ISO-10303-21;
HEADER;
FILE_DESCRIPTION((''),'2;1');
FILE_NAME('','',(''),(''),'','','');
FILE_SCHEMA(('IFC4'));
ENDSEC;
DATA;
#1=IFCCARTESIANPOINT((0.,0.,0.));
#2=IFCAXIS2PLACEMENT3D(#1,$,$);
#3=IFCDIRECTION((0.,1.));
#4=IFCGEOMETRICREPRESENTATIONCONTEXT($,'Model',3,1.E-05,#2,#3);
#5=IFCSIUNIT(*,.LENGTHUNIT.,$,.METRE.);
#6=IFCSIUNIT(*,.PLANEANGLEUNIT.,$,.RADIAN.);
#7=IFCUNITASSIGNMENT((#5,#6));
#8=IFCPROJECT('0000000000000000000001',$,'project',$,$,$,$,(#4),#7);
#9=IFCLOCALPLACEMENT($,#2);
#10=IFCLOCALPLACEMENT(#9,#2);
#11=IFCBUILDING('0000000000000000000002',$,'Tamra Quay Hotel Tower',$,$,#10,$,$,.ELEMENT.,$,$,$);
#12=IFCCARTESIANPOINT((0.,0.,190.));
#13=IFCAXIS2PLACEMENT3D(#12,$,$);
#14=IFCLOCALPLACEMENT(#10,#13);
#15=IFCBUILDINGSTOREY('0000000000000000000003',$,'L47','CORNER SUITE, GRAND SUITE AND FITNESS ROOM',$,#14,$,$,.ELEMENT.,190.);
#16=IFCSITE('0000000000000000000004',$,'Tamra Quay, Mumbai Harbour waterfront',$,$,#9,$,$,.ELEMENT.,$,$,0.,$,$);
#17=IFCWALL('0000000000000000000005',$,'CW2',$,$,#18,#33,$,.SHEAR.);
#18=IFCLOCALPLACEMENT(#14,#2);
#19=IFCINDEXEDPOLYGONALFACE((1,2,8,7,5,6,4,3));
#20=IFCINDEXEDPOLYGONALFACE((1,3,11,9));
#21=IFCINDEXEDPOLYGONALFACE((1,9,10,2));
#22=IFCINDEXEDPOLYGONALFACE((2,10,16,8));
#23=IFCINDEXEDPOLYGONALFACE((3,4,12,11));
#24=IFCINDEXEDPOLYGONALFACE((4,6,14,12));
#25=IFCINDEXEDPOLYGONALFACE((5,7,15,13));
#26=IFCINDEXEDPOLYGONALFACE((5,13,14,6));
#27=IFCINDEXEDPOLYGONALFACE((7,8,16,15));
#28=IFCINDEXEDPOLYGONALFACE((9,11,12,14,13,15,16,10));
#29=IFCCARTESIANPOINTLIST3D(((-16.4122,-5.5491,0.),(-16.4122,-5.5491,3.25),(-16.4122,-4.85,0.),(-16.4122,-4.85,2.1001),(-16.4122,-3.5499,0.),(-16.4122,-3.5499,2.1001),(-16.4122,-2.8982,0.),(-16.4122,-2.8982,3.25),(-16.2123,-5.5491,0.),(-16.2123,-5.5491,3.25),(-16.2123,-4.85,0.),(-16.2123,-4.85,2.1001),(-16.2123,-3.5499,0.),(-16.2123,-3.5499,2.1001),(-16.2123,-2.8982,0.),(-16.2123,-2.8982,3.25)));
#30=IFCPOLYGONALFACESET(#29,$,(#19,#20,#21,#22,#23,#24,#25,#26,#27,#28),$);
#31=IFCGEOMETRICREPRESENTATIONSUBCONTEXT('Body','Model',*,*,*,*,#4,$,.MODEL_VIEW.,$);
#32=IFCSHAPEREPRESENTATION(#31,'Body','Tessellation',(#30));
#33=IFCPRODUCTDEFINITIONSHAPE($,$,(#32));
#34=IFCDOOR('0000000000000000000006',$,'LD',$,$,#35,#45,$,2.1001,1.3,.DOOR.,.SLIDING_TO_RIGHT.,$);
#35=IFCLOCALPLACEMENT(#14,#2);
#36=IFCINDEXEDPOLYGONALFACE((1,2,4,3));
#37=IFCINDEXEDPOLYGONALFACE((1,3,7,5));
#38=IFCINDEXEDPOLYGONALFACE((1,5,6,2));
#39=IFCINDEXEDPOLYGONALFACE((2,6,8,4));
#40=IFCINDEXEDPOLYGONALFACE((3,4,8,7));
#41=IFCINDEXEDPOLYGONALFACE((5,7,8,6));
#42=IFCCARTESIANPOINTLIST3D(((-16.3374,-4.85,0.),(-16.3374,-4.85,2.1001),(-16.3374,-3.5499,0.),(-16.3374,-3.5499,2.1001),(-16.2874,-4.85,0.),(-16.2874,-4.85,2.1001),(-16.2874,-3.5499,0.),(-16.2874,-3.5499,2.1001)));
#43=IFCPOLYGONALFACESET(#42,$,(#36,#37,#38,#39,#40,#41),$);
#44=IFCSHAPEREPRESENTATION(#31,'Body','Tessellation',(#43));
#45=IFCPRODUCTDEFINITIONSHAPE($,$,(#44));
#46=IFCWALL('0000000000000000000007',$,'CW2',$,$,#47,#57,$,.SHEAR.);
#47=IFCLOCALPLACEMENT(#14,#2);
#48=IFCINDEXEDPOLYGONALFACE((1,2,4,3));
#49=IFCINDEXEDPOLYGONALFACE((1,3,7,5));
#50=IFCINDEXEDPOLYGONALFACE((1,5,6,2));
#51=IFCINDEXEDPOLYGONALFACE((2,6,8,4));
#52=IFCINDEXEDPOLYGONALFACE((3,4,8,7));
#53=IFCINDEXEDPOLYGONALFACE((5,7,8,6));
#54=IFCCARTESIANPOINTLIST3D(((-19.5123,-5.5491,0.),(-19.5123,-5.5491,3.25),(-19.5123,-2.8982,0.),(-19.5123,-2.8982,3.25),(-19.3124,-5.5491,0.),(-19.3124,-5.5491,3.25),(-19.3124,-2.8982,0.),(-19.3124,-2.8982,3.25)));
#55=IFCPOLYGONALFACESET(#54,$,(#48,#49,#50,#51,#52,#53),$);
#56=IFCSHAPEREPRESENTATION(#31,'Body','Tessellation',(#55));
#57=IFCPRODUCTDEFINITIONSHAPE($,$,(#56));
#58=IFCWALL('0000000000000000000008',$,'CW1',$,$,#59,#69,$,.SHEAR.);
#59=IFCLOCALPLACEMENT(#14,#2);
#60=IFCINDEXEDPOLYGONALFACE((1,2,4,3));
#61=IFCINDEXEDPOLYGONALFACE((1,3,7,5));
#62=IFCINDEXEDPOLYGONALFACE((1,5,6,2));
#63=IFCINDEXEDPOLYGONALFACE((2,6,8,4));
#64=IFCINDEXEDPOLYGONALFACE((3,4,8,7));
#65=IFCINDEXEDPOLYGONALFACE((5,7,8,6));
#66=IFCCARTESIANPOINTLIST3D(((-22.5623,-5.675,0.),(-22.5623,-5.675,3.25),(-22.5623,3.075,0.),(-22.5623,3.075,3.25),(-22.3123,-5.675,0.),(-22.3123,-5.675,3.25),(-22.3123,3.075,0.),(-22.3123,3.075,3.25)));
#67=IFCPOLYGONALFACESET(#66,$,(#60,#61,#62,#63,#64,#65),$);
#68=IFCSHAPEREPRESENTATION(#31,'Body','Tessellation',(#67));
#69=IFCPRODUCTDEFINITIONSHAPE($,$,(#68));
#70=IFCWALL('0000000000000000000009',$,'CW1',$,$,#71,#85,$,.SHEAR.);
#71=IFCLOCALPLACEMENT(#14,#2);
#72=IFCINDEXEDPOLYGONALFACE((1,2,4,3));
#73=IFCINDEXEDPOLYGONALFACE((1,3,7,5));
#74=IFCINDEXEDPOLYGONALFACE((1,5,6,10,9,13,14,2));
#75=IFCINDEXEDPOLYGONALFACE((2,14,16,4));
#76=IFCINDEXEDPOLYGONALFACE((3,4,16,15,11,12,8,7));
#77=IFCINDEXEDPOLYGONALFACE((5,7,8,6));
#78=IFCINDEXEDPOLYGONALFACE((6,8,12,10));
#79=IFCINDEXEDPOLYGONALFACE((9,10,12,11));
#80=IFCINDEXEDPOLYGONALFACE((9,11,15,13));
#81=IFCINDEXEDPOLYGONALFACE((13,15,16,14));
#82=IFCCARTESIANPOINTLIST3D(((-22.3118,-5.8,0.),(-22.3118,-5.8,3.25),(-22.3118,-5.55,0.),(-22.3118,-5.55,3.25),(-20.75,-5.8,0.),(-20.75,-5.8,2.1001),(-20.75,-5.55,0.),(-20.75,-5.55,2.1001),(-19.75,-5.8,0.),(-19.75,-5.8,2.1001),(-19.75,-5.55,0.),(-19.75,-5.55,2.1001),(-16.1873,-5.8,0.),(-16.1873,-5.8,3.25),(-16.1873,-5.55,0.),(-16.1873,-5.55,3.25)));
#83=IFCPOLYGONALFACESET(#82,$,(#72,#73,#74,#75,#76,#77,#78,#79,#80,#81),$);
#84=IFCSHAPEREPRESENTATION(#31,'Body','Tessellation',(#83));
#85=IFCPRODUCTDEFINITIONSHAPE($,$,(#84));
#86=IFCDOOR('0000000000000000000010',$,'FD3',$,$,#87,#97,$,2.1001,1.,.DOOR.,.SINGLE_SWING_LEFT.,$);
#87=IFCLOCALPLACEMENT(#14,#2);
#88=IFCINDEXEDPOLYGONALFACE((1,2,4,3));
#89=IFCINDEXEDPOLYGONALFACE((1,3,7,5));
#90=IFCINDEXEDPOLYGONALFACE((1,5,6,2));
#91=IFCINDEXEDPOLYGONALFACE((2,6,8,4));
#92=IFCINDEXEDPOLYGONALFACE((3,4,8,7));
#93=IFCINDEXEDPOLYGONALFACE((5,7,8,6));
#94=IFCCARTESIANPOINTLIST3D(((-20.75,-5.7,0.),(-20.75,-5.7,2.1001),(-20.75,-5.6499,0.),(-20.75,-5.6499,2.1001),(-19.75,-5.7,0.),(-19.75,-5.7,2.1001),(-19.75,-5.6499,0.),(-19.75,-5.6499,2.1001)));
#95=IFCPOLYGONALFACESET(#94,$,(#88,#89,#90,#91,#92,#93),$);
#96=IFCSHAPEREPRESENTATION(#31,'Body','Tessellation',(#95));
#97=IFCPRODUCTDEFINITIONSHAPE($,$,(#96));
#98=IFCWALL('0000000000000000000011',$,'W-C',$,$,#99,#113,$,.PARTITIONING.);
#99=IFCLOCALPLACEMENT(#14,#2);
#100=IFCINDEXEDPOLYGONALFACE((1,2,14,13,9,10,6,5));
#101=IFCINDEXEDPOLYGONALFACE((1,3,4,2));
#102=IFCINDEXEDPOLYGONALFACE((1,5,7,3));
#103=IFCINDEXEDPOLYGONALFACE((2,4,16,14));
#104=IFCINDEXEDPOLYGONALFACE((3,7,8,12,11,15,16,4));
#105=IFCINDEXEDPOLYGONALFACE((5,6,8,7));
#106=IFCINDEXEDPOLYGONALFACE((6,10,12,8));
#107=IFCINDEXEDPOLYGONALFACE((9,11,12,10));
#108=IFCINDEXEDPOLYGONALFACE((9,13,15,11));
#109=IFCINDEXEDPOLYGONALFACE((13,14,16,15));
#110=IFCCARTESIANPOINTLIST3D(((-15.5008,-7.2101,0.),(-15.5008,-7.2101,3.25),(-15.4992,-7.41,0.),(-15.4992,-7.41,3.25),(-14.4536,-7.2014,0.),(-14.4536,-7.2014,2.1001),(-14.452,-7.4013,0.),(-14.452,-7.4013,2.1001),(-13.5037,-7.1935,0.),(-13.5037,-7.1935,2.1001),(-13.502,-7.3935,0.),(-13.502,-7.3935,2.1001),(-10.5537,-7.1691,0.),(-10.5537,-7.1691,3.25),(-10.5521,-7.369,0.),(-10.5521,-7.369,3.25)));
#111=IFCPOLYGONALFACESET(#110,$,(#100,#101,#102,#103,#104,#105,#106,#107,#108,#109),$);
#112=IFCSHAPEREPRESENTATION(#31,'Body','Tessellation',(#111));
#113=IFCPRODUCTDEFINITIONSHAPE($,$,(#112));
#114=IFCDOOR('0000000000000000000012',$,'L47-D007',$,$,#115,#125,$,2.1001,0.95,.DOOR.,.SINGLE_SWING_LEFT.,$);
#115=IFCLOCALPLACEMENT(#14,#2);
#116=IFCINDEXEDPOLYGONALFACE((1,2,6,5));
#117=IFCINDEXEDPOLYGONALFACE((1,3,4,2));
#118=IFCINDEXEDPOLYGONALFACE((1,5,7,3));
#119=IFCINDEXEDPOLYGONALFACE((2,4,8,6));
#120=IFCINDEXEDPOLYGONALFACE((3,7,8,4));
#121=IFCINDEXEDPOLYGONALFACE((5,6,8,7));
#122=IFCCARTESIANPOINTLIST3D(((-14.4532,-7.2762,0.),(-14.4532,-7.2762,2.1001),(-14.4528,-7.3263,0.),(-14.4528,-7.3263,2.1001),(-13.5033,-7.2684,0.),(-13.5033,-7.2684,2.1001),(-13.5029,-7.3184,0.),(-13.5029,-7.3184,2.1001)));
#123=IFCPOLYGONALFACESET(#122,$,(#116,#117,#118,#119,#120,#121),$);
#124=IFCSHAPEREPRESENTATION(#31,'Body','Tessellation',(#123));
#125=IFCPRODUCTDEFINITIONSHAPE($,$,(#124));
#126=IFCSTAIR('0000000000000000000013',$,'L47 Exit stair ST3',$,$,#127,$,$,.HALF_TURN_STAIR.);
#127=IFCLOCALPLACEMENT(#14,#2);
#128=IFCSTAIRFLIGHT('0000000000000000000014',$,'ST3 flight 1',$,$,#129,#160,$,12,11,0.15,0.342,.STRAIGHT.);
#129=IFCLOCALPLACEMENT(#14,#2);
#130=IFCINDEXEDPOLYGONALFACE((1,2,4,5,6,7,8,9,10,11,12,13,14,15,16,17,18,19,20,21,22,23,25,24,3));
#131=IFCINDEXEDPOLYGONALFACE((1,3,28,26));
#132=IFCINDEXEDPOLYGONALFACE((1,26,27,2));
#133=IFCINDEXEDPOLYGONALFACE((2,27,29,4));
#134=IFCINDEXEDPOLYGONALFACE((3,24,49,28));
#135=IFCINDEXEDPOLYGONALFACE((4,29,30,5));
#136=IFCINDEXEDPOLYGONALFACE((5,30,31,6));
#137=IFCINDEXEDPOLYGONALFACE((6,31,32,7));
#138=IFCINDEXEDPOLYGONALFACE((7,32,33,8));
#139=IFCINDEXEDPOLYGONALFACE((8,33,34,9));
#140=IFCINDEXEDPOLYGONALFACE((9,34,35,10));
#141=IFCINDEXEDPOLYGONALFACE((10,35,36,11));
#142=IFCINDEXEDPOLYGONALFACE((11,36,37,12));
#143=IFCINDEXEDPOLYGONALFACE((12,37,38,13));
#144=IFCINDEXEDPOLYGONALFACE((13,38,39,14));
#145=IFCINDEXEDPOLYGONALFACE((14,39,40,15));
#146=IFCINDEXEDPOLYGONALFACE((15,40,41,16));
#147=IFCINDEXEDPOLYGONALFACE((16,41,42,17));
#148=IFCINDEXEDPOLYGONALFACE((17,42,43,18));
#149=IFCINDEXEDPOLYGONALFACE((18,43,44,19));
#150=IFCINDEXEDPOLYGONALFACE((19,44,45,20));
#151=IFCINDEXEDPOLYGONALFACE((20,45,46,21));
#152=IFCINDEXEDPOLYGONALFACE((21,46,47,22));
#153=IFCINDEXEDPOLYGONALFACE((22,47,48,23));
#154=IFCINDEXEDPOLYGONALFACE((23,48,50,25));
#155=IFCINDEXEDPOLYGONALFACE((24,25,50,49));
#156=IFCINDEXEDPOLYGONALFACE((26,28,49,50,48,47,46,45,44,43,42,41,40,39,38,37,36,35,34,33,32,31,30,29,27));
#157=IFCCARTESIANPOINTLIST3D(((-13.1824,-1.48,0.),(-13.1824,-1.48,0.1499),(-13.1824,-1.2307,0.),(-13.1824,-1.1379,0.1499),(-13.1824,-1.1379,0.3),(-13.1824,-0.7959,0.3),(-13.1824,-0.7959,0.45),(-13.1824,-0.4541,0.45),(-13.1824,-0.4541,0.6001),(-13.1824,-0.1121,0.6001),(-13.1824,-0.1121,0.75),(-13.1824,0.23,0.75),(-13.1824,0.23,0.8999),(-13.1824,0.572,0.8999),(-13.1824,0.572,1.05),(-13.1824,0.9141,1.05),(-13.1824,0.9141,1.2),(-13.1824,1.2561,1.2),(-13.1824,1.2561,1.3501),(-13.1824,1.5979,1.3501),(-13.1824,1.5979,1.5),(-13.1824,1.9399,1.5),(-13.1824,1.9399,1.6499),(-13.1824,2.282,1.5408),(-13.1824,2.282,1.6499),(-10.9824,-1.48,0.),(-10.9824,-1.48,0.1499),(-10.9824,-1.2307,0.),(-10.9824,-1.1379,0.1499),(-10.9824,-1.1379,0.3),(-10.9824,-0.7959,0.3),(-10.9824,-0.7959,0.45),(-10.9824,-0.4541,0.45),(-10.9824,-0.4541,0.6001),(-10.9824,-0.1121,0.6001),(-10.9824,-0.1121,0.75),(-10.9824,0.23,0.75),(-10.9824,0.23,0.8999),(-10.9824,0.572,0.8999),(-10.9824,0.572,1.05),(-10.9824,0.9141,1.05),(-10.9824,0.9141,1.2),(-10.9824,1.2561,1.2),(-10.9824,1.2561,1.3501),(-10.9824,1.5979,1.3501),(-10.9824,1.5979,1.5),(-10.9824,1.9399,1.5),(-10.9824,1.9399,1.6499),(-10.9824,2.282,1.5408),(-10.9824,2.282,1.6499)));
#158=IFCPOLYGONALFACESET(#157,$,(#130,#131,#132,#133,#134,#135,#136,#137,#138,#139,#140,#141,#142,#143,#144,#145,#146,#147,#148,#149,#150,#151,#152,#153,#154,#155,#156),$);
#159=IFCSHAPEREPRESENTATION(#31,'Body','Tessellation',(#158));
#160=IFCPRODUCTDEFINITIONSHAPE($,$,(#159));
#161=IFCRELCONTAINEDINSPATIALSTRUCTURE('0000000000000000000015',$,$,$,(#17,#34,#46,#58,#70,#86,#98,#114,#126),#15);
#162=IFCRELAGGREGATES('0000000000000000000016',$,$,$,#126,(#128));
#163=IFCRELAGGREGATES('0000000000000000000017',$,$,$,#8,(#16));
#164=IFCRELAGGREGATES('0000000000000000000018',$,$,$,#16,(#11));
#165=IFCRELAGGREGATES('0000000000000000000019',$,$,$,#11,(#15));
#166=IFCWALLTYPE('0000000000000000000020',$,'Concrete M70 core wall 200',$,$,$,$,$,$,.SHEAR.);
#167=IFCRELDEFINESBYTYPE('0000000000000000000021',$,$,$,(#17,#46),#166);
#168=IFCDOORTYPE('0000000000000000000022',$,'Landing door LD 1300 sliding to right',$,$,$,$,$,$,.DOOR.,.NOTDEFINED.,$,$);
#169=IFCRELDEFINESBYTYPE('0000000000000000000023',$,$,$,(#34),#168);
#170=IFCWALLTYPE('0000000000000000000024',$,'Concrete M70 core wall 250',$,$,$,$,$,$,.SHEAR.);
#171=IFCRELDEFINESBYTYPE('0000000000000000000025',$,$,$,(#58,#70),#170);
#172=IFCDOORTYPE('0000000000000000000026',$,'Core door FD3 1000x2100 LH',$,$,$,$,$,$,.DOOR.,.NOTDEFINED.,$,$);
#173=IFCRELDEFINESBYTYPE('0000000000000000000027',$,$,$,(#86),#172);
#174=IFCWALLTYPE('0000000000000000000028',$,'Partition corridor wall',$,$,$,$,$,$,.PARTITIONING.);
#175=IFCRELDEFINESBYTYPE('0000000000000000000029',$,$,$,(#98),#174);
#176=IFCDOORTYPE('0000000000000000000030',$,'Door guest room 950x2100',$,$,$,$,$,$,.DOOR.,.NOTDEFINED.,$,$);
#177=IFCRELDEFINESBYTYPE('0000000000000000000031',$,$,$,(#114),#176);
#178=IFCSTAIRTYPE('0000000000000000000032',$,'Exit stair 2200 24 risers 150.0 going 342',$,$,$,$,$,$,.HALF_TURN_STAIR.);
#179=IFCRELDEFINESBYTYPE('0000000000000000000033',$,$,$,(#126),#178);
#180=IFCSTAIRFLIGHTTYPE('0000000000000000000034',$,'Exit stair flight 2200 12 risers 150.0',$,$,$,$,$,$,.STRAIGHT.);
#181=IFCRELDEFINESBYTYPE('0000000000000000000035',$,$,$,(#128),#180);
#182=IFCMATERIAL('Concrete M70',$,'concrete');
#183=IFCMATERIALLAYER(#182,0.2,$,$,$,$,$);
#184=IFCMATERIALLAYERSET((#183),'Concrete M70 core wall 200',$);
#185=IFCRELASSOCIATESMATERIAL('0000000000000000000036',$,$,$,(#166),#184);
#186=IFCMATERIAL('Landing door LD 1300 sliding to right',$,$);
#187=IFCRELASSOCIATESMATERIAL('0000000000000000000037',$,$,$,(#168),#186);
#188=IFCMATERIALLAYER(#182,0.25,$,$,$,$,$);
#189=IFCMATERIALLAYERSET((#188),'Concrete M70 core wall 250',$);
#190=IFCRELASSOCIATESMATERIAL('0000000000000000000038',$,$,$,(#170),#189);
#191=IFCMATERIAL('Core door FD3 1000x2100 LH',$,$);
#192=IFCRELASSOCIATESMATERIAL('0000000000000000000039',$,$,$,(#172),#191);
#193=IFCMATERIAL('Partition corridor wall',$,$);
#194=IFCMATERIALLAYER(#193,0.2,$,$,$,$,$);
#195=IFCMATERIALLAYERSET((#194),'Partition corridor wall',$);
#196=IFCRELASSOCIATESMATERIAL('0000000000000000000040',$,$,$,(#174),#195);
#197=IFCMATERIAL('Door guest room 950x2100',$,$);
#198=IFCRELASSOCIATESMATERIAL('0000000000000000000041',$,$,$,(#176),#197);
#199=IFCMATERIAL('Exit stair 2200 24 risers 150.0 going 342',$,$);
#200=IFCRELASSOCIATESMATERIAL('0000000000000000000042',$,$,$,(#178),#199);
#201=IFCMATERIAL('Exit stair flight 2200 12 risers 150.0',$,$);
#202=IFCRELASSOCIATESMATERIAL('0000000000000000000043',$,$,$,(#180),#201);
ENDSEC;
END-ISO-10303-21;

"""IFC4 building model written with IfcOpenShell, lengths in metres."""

from ifc_helpers import new_model, si_unit, direction, frame, frame_2d, origin, place, context, subcontext, project, spatial, polyline, rectangle, outline, extrude, material, layer, layer_set, type_object, element, fill, aggregate, save


model = new_model("IFC4")

# Units and contexts
model_context = context("Model", 3, precision=1e-05, world=origin(), true_north=direction((0.0, 1.0)))
body_context = subcontext(model_context, "Body", "Model", "MODEL_VIEW")
ifc_project = project(units=[si_unit("LENGTHUNIT", "METRE"), si_unit("PLANEANGLEUNIT", "RADIAN")], contexts=[model_context])

# Site, building, storey
site_placement = place(None, origin())
site = spatial("IfcSite", under=ifc_project, at=site_placement, Name="Tamra Quay, Mumbai Harbour waterfront", CompositionType="ELEMENT", RefElevation=0.0)
building_placement = place(site_placement, origin())
building = spatial("IfcBuilding", under=site, at=building_placement, Name="Tamra Quay Hotel Tower", CompositionType="ELEMENT")
storey_placement = place(building_placement, frame((0.0, 0.0, 190.0)))
storey = spatial("IfcBuildingStorey", under=building, at=storey_placement, Name="L47", Description="CORNER SUITE, GRAND SUITE AND FITNESS ROOM", CompositionType="ELEMENT", Elevation=190.0)

# Shared definitions
ifc_material_1 = material(Name="Concrete M70", Category="concrete")

# Shared definitions
ifc_layer_1 = layer(ifc_material_1, 0.2)
ifc_layer_set_1 = layer_set([ifc_layer_1], Name="Concrete M70 core wall 200")
wall_type_1 = type_object("IfcWallType", Name="Concrete M70 core wall 200", PredefinedType="SHEAR", material=ifc_layer_set_1)

# Wall, opening, door
wall_1_placement = place(storey_placement, frame((-16.3123, -2.8982, 0.0), z_axis=(0.0, 0.0, 1.0), x_axis=(0.0, -1.0, 0.0)))
wall_1 = element("IfcWall", 1, at=wall_1_placement, inside=storey, type_object=wall_type_1, Name="CW2", PredefinedType="SHEAR", context=body_context, shape_type="SweptSolid", body=[
    extrude(rectangle(XDim=2.6509, YDim=0.2, at=frame_2d((1.3254, 0.0))), origin(), (0.0, 0.0, 1.0), 3.25),
])
opening_1_placement = place(wall_1_placement, frame((0.6519, 0.0, 0.0)))
opening_1 = element("IfcOpeningElement", 2, at=opening_1_placement, cuts=wall_1, PredefinedType="OPENING", context=body_context, shape_type="SweptSolid", body=[
    extrude(rectangle(XDim=1.3, YDim=2.1001, at=frame_2d((0.6499, 1.05))), frame((0.0, 0.1099, 0.0), z_axis=(0.0, -1.0, 0.0), x_axis=(1.0, 0.0, 0.0)), (0.0, 0.0, 1.0), 0.22),
])
ifc_material_2 = material(Name="Landing door LD 1300 sliding to right")
door_type_1 = type_object("IfcDoorType", Name="Landing door LD 1300 sliding to right", OperationType="NOTDEFINED", PredefinedType="DOOR", material=ifc_material_2)
door_1_placement = place(opening_1_placement, origin())
door_1 = element("IfcDoor", 3, at=door_1_placement, inside=storey, type_object=door_type_1, Name="LD", OperationType="SLIDING_TO_RIGHT", OverallHeight=2.1001, OverallWidth=1.3, PredefinedType="DOOR", context=body_context, shape_type="SweptSolid", body=[
    extrude(rectangle(XDim=1.3, YDim=2.1001, at=frame_2d((0.6499, 1.05))), frame((0.0, 0.0249, 0.0), z_axis=(0.0, -1.0, 0.0), x_axis=(1.0, 0.0, 0.0)), (0.0, 0.0, 1.0), 0.05),
])
fill(opening_1, door_1)

# Walls
wall_2_placement = place(storey_placement, frame((-19.4124, -5.5491, 0.0), z_axis=(0.0, 0.0, 1.0), x_axis=(0.0, 1.0, 0.0)))
element("IfcWall", 4, at=wall_2_placement, inside=storey, type_object=wall_type_1, Name="CW2", PredefinedType="SHEAR", context=body_context, shape_type="SweptSolid", body=[
    extrude(rectangle(XDim=2.6509, YDim=0.2, at=frame_2d((1.3254, 0.0))), origin(), (0.0, 0.0, 1.0), 3.25),
])
ifc_layer_2 = layer(ifc_material_1, 0.25)
ifc_layer_set_2 = layer_set([ifc_layer_2], Name="Concrete M70 core wall 250")
wall_type_2 = type_object("IfcWallType", Name="Concrete M70 core wall 250", PredefinedType="SHEAR", material=ifc_layer_set_2)
wall_3_placement = place(storey_placement, frame((-22.4373, -5.675, 0.0), z_axis=(0.0, 0.0, 1.0), x_axis=(0.0, 1.0, 0.0)))
element("IfcWall", 5, at=wall_3_placement, inside=storey, type_object=wall_type_2, Name="CW1", PredefinedType="SHEAR", context=body_context, shape_type="SweptSolid", body=[
    extrude(rectangle(XDim=8.75, YDim=0.25, at=frame_2d((4.375, 0.0))), origin(), (0.0, 0.0, 1.0), 3.25),
])

# Walls, openings, doors
wall_4_placement = place(storey_placement, frame((-16.1873, -5.675, 0.0), z_axis=(0.0, 0.0, 1.0), x_axis=(-1.0, 0.0, 0.0)))
wall_4 = element("IfcWall", 6, at=wall_4_placement, inside=storey, type_object=wall_type_2, Name="CW1", PredefinedType="SHEAR", context=body_context, shape_type="SweptSolid", body=[
    extrude(rectangle(XDim=6.1245, YDim=0.25, at=frame_2d((3.0623, 0.0))), origin(), (0.0, 0.0, 1.0), 3.25),
])
opening_2_placement = place(wall_4_placement, frame((3.5627, 0.0, 0.0)))
opening_2 = element("IfcOpeningElement", 7, at=opening_2_placement, cuts=wall_4, PredefinedType="OPENING", context=body_context, shape_type="SweptSolid", body=[
    extrude(rectangle(XDim=1.0, YDim=2.1001, at=frame_2d((0.5, 1.05))), frame((0.0, 0.135, 0.0), z_axis=(0.0, -1.0, 0.0), x_axis=(1.0, 0.0, 0.0)), (0.0, 0.0, 1.0), 0.27),
])
ifc_material_3 = material(Name="Core door FD3 1000x2100 LH")
door_type_2 = type_object("IfcDoorType", Name="Core door FD3 1000x2100 LH", OperationType="NOTDEFINED", PredefinedType="DOOR", material=ifc_material_3)
door_2_placement = place(opening_2_placement, origin())
door_2 = element("IfcDoor", 8, at=door_2_placement, inside=storey, type_object=door_type_2, Name="FD3", OperationType="SINGLE_SWING_LEFT", OverallHeight=2.1001, OverallWidth=1.0, PredefinedType="DOOR", context=body_context, shape_type="SweptSolid", body=[
    extrude(rectangle(XDim=1.0, YDim=2.1001, at=frame_2d((0.5, 1.05))), frame((0.0, 0.0249, 0.0), z_axis=(0.0, -1.0, 0.0), x_axis=(1.0, 0.0, 0.0)), (0.0, 0.0, 1.0), 0.05),
])
fill(opening_2, door_2)
ifc_material_4 = material(Name="Partition corridor wall")
ifc_layer_3 = layer(ifc_material_4, 0.2)
ifc_layer_set_3 = layer_set([ifc_layer_3], Name="Partition corridor wall")
wall_type_3 = type_object("IfcWallType", Name="Partition corridor wall", PredefinedType="PARTITIONING", material=ifc_layer_set_3)
wall_5_placement = place(storey_placement, frame((-15.5, -7.3101, 0.0), z_axis=(0.0, 0.0, 1.0), x_axis=(0.999966, 0.008291, 0.0)))
wall_5 = element("IfcWall", 9, at=wall_5_placement, inside=storey, type_object=wall_type_3, Name="W-C", PredefinedType="PARTITIONING", context=body_context, shape_type="SweptSolid", body=[
    extrude(rectangle(XDim=4.9473, YDim=0.2, at=frame_2d((2.4736, 0.0))), origin(), (0.0, 0.0, 1.0), 3.25),
])
opening_3_placement = place(wall_5_placement, frame((1.0471, 0.0, 0.0)))
opening_3 = element("IfcOpeningElement", 10, at=opening_3_placement, cuts=wall_5, PredefinedType="OPENING", context=body_context, shape_type="SweptSolid", body=[
    extrude(rectangle(XDim=0.95, YDim=2.1001, at=frame_2d((0.4751, 1.05))), frame((0.0, 0.1099, 0.0), z_axis=(0.0, -1.0, 0.0), x_axis=(1.0, 0.0, 0.0)), (0.0, 0.0, 1.0), 0.22),
])
ifc_material_5 = material(Name="Door guest room 950x2100")
door_type_3 = type_object("IfcDoorType", Name="Door guest room 950x2100", OperationType="NOTDEFINED", PredefinedType="DOOR", material=ifc_material_5)
door_3_placement = place(opening_3_placement, frame((0.95, 0.0, 0.0), z_axis=(0.0, 0.0, 1.0), x_axis=(-1.0, 0.0, 0.0)))
door_3 = element("IfcDoor", 11, at=door_3_placement, inside=storey, type_object=door_type_3, Name="L47-D007", OperationType="SINGLE_SWING_LEFT", OverallHeight=2.1001, OverallWidth=0.95, PredefinedType="DOOR", context=body_context, shape_type="SweptSolid", body=[
    extrude(rectangle(XDim=0.95, YDim=2.1001, at=frame_2d((0.4751, 1.05))), frame((0.0, 0.0249, 0.0), z_axis=(0.0, -1.0, 0.0), x_axis=(1.0, 0.0, 0.0)), (0.0, 0.0, 1.0), 0.05),
])
fill(opening_3, door_3)

# Stair, stair flight
ifc_material_6 = material(Name="Exit stair 2200 24 risers 150.0 going 342")
stair_type = type_object("IfcStairType", Name="Exit stair 2200 24 risers 150.0 going 342", PredefinedType="HALF_TURN_STAIR", material=ifc_material_6)
stair_placement = place(storey_placement, origin())
stair = element("IfcStair", 12, at=stair_placement, inside=storey, type_object=stair_type, Name="L47 Exit stair ST3", PredefinedType="HALF_TURN_STAIR")
ifc_material_7 = material(Name="Exit stair flight 2200 12 risers 150.0")
stair_flight_type = type_object("IfcStairFlightType", Name="Exit stair flight 2200 12 risers 150.0", PredefinedType="STRAIGHT", material=ifc_material_7)
stair_flight_placement = place(storey_placement, frame((-12.0823, -1.48, 0.0), z_axis=(0.0, 0.0, 1.0), x_axis=(0.0, 1.0, 0.0)))
stair_flight = element("IfcStairFlight", 13, at=stair_flight_placement, type_object=stair_flight_type, Name="ST3 flight 1", NumberOfRisers=12, NumberOfTreads=11, PredefinedType="STRAIGHT", RiserHeight=0.15, TreadLength=0.342, context=body_context, shape_type="SweptSolid", body=[
    extrude(outline(polyline([(0.0, 0.0), (0.0, 0.1499), (0.342, 0.1499), (0.342, 0.3), (0.6841, 0.3), (0.6841, 0.45), (1.0259, 0.45), (1.0259, 0.6001), (1.3679, 0.6001), (1.3679, 0.75), (1.71, 0.75), (1.71, 0.8999), (2.052, 0.8999), (2.052, 1.05), (2.394, 1.05), (2.394, 1.2), (2.7361, 1.2), (2.7361, 1.3501), (3.0779, 1.3501), (3.0779, 1.5), (3.4199, 1.5), (3.4199, 1.6499), (3.762, 1.6499), (3.762, 1.8), (3.762, 1.5408), (0.2493, 0.0), (0.0, 0.0)])), frame((0.0, 1.1001, 0.0), z_axis=(0.0, -1.0, 0.0), x_axis=(1.0, 0.0, 0.0)), (0.0, 0.0, 1.0), 2.2),
])
aggregate(stair, [stair_flight])

save(model, "model.ifc")
